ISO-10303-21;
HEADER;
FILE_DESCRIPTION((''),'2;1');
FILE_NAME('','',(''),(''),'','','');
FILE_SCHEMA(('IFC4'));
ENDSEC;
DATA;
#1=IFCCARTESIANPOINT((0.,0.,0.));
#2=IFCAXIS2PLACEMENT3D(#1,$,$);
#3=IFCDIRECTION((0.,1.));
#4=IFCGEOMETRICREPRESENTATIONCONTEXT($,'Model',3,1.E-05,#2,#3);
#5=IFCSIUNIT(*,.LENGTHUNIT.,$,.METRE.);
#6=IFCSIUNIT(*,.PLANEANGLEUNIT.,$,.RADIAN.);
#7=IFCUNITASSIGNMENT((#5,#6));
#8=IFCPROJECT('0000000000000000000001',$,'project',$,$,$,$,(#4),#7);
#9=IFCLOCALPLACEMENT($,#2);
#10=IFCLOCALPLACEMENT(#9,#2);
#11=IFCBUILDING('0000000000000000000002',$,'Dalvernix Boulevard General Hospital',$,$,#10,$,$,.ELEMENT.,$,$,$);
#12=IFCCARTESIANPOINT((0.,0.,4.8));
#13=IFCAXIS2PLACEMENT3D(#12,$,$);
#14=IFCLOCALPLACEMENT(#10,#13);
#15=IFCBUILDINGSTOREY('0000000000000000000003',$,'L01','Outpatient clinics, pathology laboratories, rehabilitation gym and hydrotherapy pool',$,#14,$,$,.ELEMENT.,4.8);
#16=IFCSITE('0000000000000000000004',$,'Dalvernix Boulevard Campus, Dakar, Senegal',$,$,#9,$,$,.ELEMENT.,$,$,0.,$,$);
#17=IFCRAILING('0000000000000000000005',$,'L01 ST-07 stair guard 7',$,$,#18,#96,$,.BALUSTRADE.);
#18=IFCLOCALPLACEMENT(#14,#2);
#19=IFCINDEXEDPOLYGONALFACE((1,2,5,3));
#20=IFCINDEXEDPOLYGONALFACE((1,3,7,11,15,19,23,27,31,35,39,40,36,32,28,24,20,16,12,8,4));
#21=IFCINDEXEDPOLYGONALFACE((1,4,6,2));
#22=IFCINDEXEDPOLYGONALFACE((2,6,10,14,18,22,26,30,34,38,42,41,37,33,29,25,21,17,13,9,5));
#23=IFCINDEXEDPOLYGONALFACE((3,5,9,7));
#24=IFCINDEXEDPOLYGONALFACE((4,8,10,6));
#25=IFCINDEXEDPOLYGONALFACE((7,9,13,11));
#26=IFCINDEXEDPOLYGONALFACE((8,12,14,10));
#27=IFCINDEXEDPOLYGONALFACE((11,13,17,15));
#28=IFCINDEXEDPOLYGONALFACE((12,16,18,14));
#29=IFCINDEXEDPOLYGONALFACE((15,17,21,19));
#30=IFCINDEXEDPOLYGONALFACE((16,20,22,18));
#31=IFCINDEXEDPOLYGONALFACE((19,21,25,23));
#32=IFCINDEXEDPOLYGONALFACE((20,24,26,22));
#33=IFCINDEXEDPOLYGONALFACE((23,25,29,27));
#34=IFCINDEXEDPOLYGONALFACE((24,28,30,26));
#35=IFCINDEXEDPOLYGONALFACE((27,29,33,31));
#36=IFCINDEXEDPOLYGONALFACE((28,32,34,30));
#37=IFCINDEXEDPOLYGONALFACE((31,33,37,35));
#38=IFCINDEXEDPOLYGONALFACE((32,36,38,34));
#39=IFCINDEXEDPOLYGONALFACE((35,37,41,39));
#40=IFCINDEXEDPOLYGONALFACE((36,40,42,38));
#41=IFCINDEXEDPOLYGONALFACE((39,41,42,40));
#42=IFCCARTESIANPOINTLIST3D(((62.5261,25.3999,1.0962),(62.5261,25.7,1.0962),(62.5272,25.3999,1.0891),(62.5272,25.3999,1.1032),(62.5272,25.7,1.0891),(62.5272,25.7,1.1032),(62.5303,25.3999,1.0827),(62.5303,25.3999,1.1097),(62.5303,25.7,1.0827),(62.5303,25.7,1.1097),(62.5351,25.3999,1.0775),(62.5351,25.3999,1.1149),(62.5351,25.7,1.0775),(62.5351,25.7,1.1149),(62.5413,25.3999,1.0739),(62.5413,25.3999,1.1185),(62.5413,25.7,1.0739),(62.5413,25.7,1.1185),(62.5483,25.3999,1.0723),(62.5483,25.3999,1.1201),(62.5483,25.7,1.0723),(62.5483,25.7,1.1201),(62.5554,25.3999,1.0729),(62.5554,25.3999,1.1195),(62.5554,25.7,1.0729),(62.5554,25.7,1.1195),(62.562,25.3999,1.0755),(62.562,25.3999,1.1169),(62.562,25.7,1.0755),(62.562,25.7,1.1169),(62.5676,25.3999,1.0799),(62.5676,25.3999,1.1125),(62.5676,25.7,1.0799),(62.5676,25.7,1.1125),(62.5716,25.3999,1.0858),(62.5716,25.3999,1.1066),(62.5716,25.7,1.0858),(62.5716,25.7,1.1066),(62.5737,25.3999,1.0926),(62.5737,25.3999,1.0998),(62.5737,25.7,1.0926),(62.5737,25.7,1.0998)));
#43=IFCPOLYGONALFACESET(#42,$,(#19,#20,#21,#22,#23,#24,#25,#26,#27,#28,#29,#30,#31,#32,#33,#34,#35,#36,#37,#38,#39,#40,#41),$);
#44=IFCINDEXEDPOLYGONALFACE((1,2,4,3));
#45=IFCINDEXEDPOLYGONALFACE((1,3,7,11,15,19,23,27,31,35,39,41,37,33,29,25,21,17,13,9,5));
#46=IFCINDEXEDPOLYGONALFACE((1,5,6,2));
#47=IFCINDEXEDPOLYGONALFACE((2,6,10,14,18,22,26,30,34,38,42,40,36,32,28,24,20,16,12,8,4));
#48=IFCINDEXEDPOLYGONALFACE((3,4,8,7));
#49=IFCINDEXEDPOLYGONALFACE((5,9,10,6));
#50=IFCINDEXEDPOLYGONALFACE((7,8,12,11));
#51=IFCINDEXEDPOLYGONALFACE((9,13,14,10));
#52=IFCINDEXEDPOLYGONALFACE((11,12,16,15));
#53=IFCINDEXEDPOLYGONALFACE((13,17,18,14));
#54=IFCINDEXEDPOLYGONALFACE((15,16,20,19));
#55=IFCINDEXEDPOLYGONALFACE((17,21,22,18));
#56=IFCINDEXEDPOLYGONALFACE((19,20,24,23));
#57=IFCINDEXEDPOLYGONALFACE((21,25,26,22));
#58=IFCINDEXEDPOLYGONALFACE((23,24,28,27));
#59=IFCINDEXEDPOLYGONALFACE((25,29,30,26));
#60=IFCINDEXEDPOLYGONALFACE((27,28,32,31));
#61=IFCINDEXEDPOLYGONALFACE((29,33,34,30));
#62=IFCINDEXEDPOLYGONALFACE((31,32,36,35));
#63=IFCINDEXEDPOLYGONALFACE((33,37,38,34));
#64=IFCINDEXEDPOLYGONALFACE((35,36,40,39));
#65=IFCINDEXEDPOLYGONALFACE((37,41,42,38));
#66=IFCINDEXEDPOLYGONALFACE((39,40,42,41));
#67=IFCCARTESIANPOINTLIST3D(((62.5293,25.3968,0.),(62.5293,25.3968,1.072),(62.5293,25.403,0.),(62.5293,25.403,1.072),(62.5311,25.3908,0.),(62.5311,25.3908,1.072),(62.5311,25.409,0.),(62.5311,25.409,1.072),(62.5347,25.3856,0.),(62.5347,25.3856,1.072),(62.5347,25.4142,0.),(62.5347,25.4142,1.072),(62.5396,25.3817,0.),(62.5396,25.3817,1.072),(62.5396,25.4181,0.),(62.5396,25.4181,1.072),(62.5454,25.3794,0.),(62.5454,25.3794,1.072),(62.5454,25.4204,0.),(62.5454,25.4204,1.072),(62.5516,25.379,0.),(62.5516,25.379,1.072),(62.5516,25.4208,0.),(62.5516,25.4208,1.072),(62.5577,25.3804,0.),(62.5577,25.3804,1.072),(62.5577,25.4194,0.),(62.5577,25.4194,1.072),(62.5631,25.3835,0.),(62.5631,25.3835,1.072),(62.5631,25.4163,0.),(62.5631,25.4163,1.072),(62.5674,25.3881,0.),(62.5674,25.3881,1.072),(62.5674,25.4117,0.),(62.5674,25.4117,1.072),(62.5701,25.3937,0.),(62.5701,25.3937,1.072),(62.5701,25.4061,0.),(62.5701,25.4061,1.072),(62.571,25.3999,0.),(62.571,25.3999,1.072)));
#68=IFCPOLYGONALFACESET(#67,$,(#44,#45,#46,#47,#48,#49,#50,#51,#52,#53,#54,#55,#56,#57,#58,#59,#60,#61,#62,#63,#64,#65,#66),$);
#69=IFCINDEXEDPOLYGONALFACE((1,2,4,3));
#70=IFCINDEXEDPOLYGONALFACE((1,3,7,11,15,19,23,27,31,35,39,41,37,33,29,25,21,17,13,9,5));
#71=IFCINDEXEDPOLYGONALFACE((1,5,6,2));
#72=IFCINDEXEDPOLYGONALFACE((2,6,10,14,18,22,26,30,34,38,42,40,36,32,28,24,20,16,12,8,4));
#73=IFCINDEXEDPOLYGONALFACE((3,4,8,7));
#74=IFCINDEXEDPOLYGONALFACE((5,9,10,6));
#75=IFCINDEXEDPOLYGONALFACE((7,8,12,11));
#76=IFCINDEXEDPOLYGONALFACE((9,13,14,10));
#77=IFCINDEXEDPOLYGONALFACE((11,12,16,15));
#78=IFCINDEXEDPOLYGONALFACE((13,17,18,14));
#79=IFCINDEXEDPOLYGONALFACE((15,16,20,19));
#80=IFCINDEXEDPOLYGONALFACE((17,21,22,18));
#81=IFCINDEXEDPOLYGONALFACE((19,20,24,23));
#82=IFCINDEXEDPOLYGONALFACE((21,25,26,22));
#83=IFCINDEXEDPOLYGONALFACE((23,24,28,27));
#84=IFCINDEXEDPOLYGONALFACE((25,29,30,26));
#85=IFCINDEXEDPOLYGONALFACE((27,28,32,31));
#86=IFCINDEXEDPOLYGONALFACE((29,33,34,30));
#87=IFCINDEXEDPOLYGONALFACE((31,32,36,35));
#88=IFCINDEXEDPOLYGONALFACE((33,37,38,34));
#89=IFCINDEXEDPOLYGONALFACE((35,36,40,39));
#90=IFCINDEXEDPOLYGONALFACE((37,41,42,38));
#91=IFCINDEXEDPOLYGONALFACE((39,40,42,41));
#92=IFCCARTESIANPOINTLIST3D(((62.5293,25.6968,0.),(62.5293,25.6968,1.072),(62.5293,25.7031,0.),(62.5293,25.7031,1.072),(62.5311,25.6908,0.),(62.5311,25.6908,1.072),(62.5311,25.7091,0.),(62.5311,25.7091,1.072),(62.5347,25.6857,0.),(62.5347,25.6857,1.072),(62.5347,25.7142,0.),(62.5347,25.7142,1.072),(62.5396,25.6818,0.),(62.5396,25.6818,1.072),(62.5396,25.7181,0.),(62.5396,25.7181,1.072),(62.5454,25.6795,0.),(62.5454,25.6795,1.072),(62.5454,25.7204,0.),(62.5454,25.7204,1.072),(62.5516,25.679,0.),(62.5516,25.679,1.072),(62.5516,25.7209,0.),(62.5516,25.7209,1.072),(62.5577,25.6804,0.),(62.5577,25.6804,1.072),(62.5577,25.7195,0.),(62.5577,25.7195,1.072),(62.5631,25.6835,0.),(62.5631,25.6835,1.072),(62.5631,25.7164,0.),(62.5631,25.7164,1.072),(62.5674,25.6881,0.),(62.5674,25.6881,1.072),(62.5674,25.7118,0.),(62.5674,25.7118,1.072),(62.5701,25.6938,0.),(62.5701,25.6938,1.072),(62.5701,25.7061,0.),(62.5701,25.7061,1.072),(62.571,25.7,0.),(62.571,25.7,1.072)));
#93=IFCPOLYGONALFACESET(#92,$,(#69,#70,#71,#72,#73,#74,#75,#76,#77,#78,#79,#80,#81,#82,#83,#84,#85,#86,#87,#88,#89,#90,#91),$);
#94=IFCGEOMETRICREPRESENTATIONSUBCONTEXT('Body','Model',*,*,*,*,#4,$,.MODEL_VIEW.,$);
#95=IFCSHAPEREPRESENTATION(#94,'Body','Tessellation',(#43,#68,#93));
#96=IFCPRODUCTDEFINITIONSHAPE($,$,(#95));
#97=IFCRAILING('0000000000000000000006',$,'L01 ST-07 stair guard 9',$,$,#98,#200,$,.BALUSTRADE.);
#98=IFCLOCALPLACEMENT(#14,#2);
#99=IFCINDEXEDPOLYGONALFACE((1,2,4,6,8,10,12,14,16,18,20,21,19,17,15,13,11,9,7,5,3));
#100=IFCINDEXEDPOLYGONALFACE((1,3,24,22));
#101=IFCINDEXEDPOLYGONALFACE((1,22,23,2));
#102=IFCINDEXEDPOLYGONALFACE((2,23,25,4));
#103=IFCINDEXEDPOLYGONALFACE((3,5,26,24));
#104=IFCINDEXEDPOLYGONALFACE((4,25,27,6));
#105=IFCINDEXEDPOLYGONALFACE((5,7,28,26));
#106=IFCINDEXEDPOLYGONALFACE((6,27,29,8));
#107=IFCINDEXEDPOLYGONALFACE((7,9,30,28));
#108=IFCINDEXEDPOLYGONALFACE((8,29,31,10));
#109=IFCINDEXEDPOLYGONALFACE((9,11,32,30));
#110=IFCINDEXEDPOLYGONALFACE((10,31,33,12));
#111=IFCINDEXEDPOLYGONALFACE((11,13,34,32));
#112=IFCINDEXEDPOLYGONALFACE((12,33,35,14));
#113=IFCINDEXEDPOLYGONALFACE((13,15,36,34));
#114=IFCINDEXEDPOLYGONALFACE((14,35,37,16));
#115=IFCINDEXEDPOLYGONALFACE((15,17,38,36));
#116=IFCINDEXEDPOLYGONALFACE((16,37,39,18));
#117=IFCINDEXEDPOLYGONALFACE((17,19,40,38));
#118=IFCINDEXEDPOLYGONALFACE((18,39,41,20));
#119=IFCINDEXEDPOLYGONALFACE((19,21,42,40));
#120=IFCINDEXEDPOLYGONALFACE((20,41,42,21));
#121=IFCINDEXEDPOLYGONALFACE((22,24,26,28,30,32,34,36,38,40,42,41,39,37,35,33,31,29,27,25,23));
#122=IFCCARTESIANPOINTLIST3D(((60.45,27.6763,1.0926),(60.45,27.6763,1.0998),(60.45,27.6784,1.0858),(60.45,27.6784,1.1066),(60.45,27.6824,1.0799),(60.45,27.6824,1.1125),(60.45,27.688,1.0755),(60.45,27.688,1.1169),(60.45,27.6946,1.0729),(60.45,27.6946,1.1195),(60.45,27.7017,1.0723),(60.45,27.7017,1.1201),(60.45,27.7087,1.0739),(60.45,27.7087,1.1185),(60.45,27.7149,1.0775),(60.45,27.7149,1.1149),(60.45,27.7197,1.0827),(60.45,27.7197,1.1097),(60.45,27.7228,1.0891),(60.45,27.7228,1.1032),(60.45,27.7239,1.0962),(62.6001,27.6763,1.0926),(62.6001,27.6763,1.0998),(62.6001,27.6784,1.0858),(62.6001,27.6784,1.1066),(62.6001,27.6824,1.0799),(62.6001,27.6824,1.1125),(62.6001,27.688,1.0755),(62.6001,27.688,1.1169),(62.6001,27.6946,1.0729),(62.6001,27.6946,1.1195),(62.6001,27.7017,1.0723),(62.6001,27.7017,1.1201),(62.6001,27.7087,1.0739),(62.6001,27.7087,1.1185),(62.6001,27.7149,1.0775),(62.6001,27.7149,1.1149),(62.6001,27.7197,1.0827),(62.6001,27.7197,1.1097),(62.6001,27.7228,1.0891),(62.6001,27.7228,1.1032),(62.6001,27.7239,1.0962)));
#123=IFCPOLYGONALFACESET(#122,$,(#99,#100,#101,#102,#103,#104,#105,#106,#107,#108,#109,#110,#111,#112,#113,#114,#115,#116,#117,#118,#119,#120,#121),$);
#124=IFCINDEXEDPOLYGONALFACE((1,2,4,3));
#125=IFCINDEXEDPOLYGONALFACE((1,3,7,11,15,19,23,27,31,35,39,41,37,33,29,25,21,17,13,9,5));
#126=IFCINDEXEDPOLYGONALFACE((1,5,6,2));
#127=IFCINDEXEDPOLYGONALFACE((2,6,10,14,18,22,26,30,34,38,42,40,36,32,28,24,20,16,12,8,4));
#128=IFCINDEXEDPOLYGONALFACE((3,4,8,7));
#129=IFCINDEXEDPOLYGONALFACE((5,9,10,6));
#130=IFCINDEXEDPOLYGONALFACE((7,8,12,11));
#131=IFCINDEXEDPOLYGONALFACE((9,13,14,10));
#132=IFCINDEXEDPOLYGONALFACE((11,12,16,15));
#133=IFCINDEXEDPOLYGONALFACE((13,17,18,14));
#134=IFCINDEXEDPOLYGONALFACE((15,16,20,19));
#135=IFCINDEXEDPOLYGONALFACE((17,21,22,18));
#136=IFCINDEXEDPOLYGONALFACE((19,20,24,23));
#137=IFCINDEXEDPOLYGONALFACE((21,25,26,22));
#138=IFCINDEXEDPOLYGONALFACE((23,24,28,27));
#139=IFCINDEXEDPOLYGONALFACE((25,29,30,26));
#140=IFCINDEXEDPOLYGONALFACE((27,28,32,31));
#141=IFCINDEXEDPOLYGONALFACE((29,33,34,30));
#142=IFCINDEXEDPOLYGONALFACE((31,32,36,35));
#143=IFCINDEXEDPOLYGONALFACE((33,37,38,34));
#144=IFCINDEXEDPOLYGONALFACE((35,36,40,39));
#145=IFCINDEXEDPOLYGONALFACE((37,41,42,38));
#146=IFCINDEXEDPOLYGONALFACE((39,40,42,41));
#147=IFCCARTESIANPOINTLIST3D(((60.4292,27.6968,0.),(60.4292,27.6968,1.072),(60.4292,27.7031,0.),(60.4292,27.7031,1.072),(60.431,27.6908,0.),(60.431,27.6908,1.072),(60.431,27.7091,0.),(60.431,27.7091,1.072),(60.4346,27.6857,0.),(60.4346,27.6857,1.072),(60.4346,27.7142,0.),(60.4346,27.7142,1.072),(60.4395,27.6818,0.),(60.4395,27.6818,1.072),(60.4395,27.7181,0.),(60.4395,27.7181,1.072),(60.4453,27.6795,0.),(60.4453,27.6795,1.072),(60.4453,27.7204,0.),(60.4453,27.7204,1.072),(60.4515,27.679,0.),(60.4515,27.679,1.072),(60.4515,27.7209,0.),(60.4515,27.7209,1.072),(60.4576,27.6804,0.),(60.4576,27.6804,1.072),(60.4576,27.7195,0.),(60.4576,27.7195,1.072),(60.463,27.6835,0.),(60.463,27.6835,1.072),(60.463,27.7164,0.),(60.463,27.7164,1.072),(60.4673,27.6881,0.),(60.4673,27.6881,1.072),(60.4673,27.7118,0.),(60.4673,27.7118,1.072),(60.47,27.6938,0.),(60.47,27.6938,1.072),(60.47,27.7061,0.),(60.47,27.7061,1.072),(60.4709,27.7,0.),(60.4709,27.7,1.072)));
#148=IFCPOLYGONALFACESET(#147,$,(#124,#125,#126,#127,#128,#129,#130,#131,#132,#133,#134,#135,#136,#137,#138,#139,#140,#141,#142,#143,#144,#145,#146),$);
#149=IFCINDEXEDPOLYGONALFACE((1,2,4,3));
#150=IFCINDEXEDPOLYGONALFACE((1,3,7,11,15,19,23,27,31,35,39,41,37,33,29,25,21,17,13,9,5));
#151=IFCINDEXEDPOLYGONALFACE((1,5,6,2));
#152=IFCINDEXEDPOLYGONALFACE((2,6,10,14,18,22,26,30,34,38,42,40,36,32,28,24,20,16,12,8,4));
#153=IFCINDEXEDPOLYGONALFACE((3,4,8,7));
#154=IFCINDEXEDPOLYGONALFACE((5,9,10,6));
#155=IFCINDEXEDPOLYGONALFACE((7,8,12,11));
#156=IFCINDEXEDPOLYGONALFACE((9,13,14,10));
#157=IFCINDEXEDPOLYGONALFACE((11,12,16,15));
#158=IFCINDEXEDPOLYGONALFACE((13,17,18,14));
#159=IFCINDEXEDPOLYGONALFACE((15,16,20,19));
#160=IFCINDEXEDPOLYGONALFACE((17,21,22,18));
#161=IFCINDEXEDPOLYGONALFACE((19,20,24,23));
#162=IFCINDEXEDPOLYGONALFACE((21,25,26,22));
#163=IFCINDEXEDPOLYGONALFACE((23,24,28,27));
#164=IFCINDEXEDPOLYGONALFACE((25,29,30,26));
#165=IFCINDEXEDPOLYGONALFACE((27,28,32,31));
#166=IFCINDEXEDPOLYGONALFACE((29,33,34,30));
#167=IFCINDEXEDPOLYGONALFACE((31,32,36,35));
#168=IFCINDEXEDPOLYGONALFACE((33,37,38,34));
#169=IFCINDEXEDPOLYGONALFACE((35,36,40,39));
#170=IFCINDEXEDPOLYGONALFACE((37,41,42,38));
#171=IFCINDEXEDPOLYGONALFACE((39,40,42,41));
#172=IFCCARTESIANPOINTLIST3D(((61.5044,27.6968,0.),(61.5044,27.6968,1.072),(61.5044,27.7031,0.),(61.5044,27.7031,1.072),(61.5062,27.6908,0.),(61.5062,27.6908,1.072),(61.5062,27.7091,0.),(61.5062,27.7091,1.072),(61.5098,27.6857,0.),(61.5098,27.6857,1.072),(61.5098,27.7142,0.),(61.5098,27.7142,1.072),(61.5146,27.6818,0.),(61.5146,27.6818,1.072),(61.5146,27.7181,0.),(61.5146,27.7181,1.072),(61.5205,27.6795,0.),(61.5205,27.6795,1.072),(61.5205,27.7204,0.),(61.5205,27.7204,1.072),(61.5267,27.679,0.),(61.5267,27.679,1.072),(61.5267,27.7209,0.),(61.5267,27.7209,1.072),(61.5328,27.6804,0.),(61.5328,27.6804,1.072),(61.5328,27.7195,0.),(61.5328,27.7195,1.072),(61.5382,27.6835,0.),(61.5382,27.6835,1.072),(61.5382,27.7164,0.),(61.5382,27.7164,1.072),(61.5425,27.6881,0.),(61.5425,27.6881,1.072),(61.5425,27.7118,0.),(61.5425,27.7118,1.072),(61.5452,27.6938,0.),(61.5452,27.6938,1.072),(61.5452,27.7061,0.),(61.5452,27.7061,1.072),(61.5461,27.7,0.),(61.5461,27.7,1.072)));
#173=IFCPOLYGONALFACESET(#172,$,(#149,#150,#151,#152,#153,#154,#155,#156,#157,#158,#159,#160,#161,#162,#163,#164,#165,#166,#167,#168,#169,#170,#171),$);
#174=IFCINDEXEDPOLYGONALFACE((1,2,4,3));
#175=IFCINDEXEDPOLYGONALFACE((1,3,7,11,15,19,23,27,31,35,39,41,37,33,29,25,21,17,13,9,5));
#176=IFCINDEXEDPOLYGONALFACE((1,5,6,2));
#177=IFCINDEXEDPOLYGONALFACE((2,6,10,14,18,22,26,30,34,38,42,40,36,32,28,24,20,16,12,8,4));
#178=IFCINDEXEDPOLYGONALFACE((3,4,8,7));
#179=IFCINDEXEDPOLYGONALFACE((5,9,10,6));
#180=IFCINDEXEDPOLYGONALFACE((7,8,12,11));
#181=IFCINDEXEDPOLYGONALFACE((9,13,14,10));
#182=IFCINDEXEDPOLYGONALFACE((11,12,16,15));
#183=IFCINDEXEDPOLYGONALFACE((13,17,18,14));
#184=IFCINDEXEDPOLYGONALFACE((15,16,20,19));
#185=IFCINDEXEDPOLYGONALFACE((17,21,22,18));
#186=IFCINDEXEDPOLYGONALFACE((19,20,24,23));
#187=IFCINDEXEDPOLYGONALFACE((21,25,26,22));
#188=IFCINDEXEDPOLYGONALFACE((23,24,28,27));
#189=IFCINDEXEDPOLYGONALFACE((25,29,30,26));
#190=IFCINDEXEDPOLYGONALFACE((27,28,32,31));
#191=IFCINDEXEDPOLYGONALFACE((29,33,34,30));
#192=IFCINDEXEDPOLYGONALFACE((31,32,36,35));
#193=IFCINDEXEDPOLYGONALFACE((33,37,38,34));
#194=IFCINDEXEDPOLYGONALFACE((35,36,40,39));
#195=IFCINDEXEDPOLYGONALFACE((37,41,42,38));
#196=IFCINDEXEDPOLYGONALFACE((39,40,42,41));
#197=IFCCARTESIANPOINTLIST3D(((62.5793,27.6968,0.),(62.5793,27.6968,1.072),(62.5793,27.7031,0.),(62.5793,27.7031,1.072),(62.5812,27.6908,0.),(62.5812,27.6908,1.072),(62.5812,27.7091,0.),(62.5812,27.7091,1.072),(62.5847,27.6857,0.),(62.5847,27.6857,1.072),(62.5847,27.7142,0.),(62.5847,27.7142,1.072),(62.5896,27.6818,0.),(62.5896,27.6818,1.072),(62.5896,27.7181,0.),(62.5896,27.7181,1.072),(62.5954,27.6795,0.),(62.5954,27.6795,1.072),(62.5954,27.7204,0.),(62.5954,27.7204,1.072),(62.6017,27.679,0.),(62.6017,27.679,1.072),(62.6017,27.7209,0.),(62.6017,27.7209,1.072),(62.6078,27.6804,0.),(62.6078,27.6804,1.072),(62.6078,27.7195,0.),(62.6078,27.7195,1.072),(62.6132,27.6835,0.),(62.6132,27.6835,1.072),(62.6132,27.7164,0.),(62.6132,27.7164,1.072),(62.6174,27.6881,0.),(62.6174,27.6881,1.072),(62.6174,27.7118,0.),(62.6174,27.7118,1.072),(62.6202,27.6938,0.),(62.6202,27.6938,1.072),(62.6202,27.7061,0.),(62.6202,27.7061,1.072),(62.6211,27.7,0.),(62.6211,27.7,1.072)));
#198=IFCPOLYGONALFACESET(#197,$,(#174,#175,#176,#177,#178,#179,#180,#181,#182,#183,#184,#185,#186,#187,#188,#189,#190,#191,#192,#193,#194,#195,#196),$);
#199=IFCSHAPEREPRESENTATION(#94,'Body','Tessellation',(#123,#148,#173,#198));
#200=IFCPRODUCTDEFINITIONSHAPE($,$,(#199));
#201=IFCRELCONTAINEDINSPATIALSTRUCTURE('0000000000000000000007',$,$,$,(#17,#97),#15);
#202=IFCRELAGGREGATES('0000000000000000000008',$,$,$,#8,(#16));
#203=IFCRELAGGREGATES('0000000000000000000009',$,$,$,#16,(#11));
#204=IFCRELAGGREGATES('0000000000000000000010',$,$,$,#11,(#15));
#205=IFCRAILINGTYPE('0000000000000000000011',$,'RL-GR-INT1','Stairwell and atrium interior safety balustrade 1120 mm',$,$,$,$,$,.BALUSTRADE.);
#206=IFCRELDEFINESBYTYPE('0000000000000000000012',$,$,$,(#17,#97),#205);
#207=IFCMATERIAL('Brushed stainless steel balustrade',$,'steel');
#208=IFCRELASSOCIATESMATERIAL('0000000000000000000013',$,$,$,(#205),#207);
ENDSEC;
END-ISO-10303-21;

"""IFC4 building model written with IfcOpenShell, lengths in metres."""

from ifc_helpers import new_model, si_unit, direction, frame, origin, origin_2d, place, context, subcontext, project, spatial, circle, extrude, material, type_object, element, save


model = new_model("IFC4")

# Units and contexts
model_context = context("Model", 3, precision=1e-05, world=origin(), true_north=direction((0.0, 1.0)))
body_context = subcontext(model_context, "Body", "Model", "MODEL_VIEW")
ifc_project = project(units=[si_unit("LENGTHUNIT", "METRE"), si_unit("PLANEANGLEUNIT", "RADIAN")], contexts=[model_context])

# Site, building, storey
site_placement = place(None, origin())
site = spatial("IfcSite", under=ifc_project, at=site_placement, Name="Dalvernix Boulevard Campus, Dakar, Senegal", CompositionType="ELEMENT", RefElevation=0.0)
building_placement = place(site_placement, origin())
building = spatial("IfcBuilding", under=site, at=building_placement, Name="Dalvernix Boulevard General Hospital", CompositionType="ELEMENT")
storey_placement = place(building_placement, frame((0.0, 0.0, 4.8)))
storey = spatial("IfcBuildingStorey", under=building, at=storey_placement, Name="L01", Description="Outpatient clinics, pathology laboratories, rehabilitation gym and hydrotherapy pool", CompositionType="ELEMENT", Elevation=4.8)

# Railings
ifc_material_1 = material(Name="Brushed stainless steel balustrade", Category="steel")
railing_type_1 = type_object("IfcRailingType", Name="RL-GR-INT1", Description="Stairwell and atrium interior safety balustrade 1120 mm", PredefinedType="BALUSTRADE", material=ifc_material_1)
railing_1_placement = place(storey_placement, frame((62.55, 25.3999, 0.0)))
element("IfcRailing", 1, at=railing_1_placement, inside=storey, type_object=railing_type_1, Name="L01 ST-07 stair guard 7", PredefinedType="BALUSTRADE", context=body_context, shape_type="SweptSolid", body=[
    extrude(circle(Radius=0.0239, at=origin_2d()), frame((0.0, 0.0, 1.0962), z_axis=(0.0, 1.0, 0.0), x_axis=(-1.0, 0.0, 0.0)), (0.0, 0.0, 1.0), 0.3),
    extrude(circle(Radius=0.021, at=origin_2d()), origin(), (0.0, 0.0, 1.0), 1.072),
    extrude(circle(Radius=0.021, at=origin_2d()), frame((0.0, 0.3, 0.0)), (0.0, 0.0, 1.0), 1.072),
])
railing_2_placement = place(storey_placement, frame((60.45, 27.7, 0.0)))
element("IfcRailing", 2, at=railing_2_placement, inside=storey, type_object=railing_type_1, Name="L01 ST-07 stair guard 9", PredefinedType="BALUSTRADE", context=body_context, shape_type="SweptSolid", body=[
    extrude(circle(Radius=0.0239, at=origin_2d()), frame((0.0, 0.0, 1.0962), z_axis=(1.0, 0.0, 0.0), x_axis=(0.0, 1.0, 0.0)), (0.0, 0.0, 1.0), 2.1501),
    extrude(circle(Radius=0.021, at=origin_2d()), origin(), (0.0, 0.0, 1.0), 1.072),
    extrude(circle(Radius=0.021, at=origin_2d()), frame((1.0752, 0.0, 0.0)), (0.0, 0.0, 1.0), 1.072),
    extrude(circle(Radius=0.021, at=origin_2d()), frame((2.1501, 0.0, 0.0)), (0.0, 0.0, 1.0), 1.072),
])

save(model, "model.ifc")
